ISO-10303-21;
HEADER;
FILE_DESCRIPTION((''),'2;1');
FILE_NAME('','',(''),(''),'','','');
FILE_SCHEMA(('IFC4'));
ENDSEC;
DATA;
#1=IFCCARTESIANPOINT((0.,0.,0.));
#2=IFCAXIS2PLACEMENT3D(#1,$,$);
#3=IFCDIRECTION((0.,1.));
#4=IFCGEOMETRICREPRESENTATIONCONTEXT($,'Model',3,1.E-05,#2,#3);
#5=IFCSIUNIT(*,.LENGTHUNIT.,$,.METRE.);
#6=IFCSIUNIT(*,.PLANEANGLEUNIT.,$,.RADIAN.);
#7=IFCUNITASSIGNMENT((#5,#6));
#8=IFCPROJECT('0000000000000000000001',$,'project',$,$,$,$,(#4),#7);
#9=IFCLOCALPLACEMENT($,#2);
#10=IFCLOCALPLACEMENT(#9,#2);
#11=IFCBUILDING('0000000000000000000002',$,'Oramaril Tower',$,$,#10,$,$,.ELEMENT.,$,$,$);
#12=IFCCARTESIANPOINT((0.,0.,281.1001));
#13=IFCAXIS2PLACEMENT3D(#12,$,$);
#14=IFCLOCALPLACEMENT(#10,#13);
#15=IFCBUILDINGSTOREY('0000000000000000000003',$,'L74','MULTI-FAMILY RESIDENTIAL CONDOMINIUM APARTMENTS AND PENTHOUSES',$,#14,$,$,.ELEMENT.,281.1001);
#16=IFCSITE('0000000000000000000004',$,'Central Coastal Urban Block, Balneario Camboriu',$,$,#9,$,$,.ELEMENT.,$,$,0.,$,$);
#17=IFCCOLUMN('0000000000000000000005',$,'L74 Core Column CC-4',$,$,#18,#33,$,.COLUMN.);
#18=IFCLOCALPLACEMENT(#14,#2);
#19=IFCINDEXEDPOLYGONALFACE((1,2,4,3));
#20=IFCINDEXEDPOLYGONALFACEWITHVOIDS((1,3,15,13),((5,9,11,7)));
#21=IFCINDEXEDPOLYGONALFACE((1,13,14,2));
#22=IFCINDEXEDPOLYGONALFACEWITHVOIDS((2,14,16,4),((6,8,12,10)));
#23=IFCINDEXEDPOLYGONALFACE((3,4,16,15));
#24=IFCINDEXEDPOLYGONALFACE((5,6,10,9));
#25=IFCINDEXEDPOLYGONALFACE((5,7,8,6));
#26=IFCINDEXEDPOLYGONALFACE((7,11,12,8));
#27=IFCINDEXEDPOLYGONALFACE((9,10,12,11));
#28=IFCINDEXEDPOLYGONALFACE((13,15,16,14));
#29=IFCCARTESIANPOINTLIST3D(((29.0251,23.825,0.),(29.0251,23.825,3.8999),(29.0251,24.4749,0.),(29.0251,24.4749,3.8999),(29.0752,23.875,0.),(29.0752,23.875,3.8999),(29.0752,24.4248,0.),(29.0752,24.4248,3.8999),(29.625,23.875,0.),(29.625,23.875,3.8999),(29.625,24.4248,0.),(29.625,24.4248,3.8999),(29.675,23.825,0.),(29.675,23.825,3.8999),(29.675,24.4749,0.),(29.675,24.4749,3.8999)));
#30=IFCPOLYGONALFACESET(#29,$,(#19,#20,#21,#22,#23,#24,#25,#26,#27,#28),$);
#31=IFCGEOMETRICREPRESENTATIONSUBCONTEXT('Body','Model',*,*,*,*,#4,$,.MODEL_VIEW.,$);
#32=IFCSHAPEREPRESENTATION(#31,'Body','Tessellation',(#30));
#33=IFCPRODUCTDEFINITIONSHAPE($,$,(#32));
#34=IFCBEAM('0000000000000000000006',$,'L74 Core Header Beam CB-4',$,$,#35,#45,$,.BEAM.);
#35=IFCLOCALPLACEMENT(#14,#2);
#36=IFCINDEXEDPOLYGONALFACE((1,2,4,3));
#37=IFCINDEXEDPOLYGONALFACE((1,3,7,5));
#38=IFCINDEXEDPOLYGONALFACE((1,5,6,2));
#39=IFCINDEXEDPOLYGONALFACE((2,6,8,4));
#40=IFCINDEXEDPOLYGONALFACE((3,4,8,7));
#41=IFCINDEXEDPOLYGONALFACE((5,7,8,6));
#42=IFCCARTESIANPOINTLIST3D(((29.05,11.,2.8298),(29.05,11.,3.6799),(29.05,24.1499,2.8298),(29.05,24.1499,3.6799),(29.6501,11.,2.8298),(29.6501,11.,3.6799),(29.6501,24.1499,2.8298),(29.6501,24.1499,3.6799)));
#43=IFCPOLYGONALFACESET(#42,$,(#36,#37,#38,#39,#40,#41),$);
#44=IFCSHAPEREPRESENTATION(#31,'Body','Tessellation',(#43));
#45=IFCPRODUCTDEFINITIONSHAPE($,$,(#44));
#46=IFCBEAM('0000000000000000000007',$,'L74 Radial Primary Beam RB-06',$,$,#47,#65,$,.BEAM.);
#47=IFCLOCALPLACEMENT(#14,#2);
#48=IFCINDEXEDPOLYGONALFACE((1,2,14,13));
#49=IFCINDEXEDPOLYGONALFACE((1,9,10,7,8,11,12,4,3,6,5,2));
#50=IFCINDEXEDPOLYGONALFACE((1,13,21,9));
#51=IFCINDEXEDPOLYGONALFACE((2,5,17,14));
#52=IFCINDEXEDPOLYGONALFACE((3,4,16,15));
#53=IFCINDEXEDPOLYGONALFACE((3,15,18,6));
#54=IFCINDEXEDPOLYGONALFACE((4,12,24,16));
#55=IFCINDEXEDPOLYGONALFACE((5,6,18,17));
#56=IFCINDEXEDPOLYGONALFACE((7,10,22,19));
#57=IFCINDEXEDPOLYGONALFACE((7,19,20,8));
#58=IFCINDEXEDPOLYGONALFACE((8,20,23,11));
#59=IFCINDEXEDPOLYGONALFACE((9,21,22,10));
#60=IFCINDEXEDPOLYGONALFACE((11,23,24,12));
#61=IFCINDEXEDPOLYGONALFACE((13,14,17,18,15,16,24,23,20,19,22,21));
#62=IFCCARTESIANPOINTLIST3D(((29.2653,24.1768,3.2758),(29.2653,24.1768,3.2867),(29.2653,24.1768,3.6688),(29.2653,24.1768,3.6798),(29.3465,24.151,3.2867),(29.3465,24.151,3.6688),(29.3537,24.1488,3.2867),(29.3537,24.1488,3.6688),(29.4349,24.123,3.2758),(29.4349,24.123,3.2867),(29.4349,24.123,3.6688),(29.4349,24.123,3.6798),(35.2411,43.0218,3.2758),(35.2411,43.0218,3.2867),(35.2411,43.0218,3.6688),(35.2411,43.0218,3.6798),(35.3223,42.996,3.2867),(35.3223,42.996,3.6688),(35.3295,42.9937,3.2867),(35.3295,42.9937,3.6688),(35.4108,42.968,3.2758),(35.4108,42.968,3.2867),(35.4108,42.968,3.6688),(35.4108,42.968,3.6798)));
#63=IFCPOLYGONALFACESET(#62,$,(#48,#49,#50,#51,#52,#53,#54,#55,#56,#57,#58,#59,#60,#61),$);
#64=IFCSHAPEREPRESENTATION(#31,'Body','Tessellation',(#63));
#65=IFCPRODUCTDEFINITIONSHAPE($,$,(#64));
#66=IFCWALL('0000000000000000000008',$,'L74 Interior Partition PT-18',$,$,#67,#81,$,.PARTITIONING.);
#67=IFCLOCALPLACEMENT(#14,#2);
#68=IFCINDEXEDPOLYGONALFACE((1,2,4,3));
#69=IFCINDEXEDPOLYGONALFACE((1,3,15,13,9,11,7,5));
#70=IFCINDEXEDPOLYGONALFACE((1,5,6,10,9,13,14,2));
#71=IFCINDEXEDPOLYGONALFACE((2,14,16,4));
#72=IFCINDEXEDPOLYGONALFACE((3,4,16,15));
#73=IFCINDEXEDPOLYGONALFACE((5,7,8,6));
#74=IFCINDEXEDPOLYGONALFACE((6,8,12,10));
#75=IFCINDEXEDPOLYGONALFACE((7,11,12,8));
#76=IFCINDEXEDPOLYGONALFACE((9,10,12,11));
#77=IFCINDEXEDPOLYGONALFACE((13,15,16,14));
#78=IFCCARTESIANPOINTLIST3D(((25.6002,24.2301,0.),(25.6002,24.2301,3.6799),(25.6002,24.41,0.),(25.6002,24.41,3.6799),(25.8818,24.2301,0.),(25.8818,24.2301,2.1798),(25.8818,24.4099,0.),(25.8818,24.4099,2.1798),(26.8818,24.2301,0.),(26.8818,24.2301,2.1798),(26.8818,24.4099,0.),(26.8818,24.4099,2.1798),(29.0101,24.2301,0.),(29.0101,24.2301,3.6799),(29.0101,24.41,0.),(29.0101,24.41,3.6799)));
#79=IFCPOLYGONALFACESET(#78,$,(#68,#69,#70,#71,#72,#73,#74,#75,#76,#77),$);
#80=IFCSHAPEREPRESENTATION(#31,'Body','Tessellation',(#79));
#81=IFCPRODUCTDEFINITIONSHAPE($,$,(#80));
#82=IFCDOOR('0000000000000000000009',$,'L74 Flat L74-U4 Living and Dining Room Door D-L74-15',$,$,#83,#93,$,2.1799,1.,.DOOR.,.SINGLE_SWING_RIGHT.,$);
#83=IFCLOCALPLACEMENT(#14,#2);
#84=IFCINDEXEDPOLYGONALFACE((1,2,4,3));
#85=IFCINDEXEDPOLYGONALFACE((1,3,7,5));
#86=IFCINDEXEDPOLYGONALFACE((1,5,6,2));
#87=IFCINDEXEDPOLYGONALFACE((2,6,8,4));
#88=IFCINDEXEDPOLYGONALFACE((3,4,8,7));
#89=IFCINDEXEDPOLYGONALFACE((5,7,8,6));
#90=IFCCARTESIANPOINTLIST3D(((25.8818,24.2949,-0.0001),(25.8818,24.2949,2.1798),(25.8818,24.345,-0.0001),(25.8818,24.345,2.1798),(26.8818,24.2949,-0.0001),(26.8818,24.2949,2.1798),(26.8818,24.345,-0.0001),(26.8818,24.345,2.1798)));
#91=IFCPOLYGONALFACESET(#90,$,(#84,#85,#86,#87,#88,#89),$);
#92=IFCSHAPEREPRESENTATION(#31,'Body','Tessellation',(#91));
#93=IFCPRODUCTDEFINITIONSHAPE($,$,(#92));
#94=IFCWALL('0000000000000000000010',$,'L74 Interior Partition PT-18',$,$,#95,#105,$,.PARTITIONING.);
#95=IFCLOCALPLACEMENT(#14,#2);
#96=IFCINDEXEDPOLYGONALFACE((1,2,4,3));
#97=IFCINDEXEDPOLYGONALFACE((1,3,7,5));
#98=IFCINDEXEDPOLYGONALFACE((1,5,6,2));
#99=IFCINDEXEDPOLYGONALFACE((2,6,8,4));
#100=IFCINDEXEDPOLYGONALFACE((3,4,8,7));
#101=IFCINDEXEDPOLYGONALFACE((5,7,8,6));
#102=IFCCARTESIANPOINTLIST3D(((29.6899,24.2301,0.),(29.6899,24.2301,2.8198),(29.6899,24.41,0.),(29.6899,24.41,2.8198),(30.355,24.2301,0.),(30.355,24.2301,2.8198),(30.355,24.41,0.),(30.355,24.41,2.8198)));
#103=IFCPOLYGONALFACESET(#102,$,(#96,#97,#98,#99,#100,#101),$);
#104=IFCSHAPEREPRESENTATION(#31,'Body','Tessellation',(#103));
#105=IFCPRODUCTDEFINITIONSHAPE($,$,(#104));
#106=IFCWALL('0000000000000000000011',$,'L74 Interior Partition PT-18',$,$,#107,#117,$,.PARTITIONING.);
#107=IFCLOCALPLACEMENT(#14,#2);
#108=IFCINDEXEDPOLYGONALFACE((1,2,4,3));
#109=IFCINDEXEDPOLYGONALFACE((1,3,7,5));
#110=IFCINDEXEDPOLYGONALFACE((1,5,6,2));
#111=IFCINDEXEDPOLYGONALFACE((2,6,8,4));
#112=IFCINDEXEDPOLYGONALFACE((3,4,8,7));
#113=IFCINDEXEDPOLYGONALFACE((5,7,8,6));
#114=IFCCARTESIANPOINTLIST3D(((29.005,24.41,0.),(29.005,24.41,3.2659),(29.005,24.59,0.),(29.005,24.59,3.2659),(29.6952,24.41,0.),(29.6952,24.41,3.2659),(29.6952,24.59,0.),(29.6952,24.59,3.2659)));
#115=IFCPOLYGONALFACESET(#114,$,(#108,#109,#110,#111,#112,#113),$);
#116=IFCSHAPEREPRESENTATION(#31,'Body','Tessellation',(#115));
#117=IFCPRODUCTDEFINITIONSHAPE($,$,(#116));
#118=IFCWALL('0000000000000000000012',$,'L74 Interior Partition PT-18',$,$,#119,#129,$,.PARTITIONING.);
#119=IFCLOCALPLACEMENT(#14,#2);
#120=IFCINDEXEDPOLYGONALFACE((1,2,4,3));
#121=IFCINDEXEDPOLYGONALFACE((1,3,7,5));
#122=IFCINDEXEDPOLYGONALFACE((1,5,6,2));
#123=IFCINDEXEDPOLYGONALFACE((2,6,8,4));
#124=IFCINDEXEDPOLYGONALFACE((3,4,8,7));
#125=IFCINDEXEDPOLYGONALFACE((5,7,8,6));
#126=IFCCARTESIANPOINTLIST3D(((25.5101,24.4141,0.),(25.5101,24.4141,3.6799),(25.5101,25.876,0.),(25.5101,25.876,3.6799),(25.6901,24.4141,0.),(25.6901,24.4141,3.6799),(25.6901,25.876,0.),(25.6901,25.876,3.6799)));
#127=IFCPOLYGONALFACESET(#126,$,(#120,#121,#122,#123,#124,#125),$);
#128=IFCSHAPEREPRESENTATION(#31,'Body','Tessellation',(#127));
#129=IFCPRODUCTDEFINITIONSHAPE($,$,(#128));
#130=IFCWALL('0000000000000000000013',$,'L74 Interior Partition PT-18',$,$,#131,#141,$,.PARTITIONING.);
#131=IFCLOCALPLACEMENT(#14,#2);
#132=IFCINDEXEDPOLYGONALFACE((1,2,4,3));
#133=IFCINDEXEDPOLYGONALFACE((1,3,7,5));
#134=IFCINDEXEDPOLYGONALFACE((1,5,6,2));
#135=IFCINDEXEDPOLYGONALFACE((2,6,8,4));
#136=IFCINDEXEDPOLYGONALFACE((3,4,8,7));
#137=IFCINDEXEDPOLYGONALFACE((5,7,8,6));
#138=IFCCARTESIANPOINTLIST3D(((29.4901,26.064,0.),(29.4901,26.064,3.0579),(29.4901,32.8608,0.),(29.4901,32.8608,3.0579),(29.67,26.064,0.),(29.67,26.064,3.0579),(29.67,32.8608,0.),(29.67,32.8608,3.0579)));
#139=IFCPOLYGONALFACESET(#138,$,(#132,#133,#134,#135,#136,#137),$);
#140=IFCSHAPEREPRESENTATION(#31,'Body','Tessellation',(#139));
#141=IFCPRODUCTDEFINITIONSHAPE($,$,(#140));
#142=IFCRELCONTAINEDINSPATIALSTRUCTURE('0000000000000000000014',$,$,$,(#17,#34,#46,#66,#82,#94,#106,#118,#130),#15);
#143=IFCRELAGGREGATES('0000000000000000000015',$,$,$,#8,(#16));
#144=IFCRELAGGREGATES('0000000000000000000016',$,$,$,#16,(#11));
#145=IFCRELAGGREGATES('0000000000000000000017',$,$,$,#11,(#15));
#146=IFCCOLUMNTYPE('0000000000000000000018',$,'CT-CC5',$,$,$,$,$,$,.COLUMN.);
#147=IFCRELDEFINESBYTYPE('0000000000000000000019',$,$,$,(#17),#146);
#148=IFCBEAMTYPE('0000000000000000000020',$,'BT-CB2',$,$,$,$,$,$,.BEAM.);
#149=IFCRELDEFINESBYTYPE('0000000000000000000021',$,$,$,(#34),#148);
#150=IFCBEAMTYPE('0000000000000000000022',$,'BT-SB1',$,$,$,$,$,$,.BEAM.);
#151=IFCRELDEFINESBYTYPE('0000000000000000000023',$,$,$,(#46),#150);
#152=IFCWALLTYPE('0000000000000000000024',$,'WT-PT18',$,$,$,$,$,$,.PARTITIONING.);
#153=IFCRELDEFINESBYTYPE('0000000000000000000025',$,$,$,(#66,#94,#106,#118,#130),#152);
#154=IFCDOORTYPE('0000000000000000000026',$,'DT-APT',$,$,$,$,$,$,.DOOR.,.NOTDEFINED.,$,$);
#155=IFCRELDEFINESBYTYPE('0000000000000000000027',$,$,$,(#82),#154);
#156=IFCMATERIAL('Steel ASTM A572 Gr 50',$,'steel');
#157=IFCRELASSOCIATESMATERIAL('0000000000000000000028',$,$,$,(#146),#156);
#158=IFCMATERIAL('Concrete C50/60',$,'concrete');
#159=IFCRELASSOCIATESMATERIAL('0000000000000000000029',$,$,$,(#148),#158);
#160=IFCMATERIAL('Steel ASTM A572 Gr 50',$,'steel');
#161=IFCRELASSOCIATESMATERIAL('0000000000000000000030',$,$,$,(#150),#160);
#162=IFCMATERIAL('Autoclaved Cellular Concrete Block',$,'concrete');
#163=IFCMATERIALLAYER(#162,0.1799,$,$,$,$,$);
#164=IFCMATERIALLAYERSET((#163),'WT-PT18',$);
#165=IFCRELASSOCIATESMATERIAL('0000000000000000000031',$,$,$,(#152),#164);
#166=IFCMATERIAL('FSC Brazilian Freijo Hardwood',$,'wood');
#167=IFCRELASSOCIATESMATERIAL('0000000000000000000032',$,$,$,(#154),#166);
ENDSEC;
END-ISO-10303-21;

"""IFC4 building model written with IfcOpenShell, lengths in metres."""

from ifc_helpers import new_model, si_unit, direction, frame, frame_2d, origin, origin_2d, place, context, subcontext, project, spatial, rectangle, hollow_rectangle, i_section, extrude, material, layer, layer_set, material_profile, profile_set, type_object, element, fill, save


model = new_model("IFC4")

# Units and contexts
model_context = context("Model", 3, precision=1e-05, world=origin(), true_north=direction((0.0, 1.0)))
body_context = subcontext(model_context, "Body", "Model", "MODEL_VIEW")
ifc_project = project(units=[si_unit("LENGTHUNIT", "METRE"), si_unit("PLANEANGLEUNIT", "RADIAN")], contexts=[model_context])

# Site, building, storey
site_placement = place(None, origin())
site = spatial("IfcSite", under=ifc_project, at=site_placement, Name="Central Coastal Urban Block, Balneario Camboriu", CompositionType="ELEMENT", RefElevation=0.0)
building_placement = place(site_placement, origin())
building = spatial("IfcBuilding", under=site, at=building_placement, Name="Oramaril Tower", CompositionType="ELEMENT")
storey_placement = place(building_placement, frame((0.0, 0.0, 281.1001)))
storey = spatial("IfcBuildingStorey", under=building, at=storey_placement, Name="L74", Description="MULTI-FAMILY RESIDENTIAL CONDOMINIUM APARTMENTS AND PENTHOUSES", CompositionType="ELEMENT", Elevation=281.1001)

# Column
ifc_material_1 = material(Name="Steel ASTM A572 Gr 50", Category="steel")
ifc_material_profile_1 = material_profile(ifc_material_1, hollow_rectangle(XDim=0.6499, YDim=0.6499, WallThickness=0.05, at=origin_2d()), Name="BOX650X650X50")
ifc_profile_set_1 = profile_set([ifc_material_profile_1], Name="Steel ASTM A572 Gr 50")
column_type = type_object("IfcColumnType", Name="CT-CC5", PredefinedType="COLUMN", material=ifc_profile_set_1)
column_placement = place(storey_placement, frame((29.3501, 24.1499, 0.0), z_axis=(0.0, 0.0, 1.0), x_axis=(1.0, 0.0, 0.0)))
element("IfcColumn", 1, at=column_placement, inside=storey, type_object=column_type, Name="L74 Core Column CC-4", PredefinedType="COLUMN", context=body_context, shape_type="SweptSolid", body=[
    extrude(hollow_rectangle(XDim=0.6499, YDim=0.6499, WallThickness=0.05, at=origin_2d()), origin(), (0.0, 0.0, 1.0), 3.8999),
])

# Beams
ifc_material_2 = material(Name="Concrete C50/60", Category="concrete")
ifc_material_profile_2 = material_profile(ifc_material_2, rectangle(XDim=0.6001, YDim=0.8501, at=origin_2d()), Name="CB600X850")
ifc_profile_set_2 = profile_set([ifc_material_profile_2], Name="Concrete C50/60")
beam_type_1 = type_object("IfcBeamType", Name="BT-CB2", PredefinedType="BEAM", material=ifc_profile_set_2)
beam_1_placement = place(storey_placement, frame((29.3501, 24.1499, 3.2549), z_axis=(0.0, -1.0, 0.0), x_axis=(1.0, 0.0, 0.0)))
element("IfcBeam", 2, at=beam_1_placement, inside=storey, type_object=beam_type_1, Name="L74 Core Header Beam CB-4", PredefinedType="BEAM", context=body_context, shape_type="SweptSolid", body=[
    extrude(rectangle(XDim=0.6001, YDim=0.8501, at=origin_2d()), origin(), (0.0, 0.0, 1.0), 13.1499),
])
ifc_material_3 = material(Name="Steel ASTM A572 Gr 50", Category="steel")
ifc_material_profile_3 = material_profile(ifc_material_3, i_section(OverallWidth=0.178, OverallDepth=0.4041, WebThickness=0.0076, FlangeThickness=0.011, at=origin_2d()), Name="W16X36")
ifc_profile_set_3 = profile_set([ifc_material_profile_3], Name="Steel ASTM A572 Gr 50")
beam_type_2 = type_object("IfcBeamType", Name="BT-SB1", PredefinedType="BEAM", material=ifc_profile_set_3)
beam_2_placement = place(storey_placement, frame((29.3501, 24.1499, 3.4778), z_axis=(0.302271, 0.953222, 0.0), x_axis=(-0.953222, 0.302271, 0.0)))
element("IfcBeam", 3, at=beam_2_placement, inside=storey, type_object=beam_type_2, Name="L74 Radial Primary Beam RB-06", PredefinedType="BEAM", context=body_context, shape_type="SweptSolid", body=[
    extrude(i_section(OverallWidth=0.178, OverallDepth=0.4041, WebThickness=0.0076, FlangeThickness=0.011, at=origin_2d()), origin(), (0.0, 0.0, 1.0), 19.7698),
])

# Wall, opening, door
ifc_material_4 = material(Name="Autoclaved Cellular Concrete Block", Category="concrete")
ifc_layer_1 = layer(ifc_material_4, 0.1799)
ifc_layer_set_1 = layer_set([ifc_layer_1], Name="WT-PT18")
wall_type_1 = type_object("IfcWallType", Name="WT-PT18", PredefinedType="PARTITIONING", material=ifc_layer_set_1)
wall_1_placement = place(storey_placement, frame((25.6001, 24.3201, 0.0), z_axis=(0.0, 0.0, 1.0), x_axis=(1.0, 0.0, 0.0)))
wall_1 = element("IfcWall", 4, at=wall_1_placement, inside=storey, type_object=wall_type_1, Name="L74 Interior Partition PT-18", PredefinedType="PARTITIONING", context=body_context, shape_type="SweptSolid", body=[
    extrude(rectangle(XDim=3.4099, YDim=0.1799, at=frame_2d((1.7051, 0.0))), origin(), (0.0, 0.0, 1.0), 3.6799),
])
opening_1_placement = place(wall_1_placement, frame((0.2817, 0.0, 0.0)))
opening_1 = element("IfcOpeningElement", 5, at=opening_1_placement, cuts=wall_1, PredefinedType="OPENING", context=body_context, shape_type="SweptSolid", body=[
    extrude(rectangle(XDim=1.0, YDim=2.1799, at=frame_2d((0.5, 1.0898))), frame((0.0, 0.0898, 0.0), z_axis=(0.0, -1.0, 0.0), x_axis=(1.0, 0.0, 0.0)), (0.0, 0.0, 1.0), 0.1799),
])
ifc_material_5 = material(Name="FSC Brazilian Freijo Hardwood", Category="wood")
door_type_1 = type_object("IfcDoorType", Name="DT-APT", OperationType="NOTDEFINED", PredefinedType="DOOR", material=ifc_material_5)
door_1_placement = place(opening_1_placement, origin())
door_1 = element("IfcDoor", 6, at=door_1_placement, inside=storey, type_object=door_type_1, Name="L74 Flat L74-U4 Living and Dining Room Door D-L74-15", OperationType="SINGLE_SWING_RIGHT", OverallHeight=2.1799, OverallWidth=1.0, PredefinedType="DOOR", context=body_context, shape_type="SweptSolid", body=[
    extrude(rectangle(XDim=1.0, YDim=2.1799, at=frame_2d((0.5, 1.0898))), frame((0.0, 0.0249, 0.0), z_axis=(0.0, -1.0, 0.0), x_axis=(1.0, 0.0, 0.0)), (0.0, 0.0, 1.0), 0.05),
])
fill(opening_1, door_1)

# Walls
wall_2_placement = place(storey_placement, frame((29.6899, 24.3201, 0.0), z_axis=(0.0, 0.0, 1.0), x_axis=(1.0, 0.0, 0.0)))
element("IfcWall", 7, at=wall_2_placement, inside=storey, type_object=wall_type_1, Name="L74 Interior Partition PT-18", PredefinedType="PARTITIONING", context=body_context, shape_type="SweptSolid", body=[
    extrude(rectangle(XDim=0.665, YDim=0.1799, at=frame_2d((0.3325, 0.0))), origin(), (0.0, 0.0, 1.0), 2.8198),
])
wall_3_placement = place(storey_placement, frame((29.0049, 24.5, 0.0), z_axis=(0.0, 0.0, 1.0), x_axis=(1.0, 0.0, 0.0)))
element("IfcWall", 8, at=wall_3_placement, inside=storey, type_object=wall_type_1, Name="L74 Interior Partition PT-18", PredefinedType="PARTITIONING", context=body_context, shape_type="SweptSolid", body=[
    extrude(rectangle(XDim=0.6902, YDim=0.1799, at=frame_2d((0.3452, 0.0))), origin(), (0.0, 0.0, 1.0), 3.2659),
])

# Walls
wall_4_placement = place(storey_placement, frame((25.6001, 24.4141, 0.0), z_axis=(0.0, 0.0, 1.0), x_axis=(0.0, 1.0, 0.0)))
element("IfcWall", 9, at=wall_4_placement, inside=storey, type_object=wall_type_1, Name="L74 Interior Partition PT-18", PredefinedType="PARTITIONING", context=body_context, shape_type="SweptSolid", body=[
    extrude(rectangle(XDim=1.4619, YDim=0.1799, at=frame_2d((0.731, 0.0))), origin(), (0.0, 0.0, 1.0), 3.6799),
])
wall_5_placement = place(storey_placement, frame((29.5801, 26.064, 0.0), z_axis=(0.0, 0.0, 1.0), x_axis=(0.0, 1.0, 0.0)))
element("IfcWall", 10, at=wall_5_placement, inside=storey, type_object=wall_type_1, Name="L74 Interior Partition PT-18", PredefinedType="PARTITIONING", context=body_context, shape_type="SweptSolid", body=[
    extrude(rectangle(XDim=6.7969, YDim=0.1799, at=frame_2d((3.3984, 0.0))), origin(), (0.0, 0.0, 1.0), 3.0579),
])

save(model, "model.ifc")
